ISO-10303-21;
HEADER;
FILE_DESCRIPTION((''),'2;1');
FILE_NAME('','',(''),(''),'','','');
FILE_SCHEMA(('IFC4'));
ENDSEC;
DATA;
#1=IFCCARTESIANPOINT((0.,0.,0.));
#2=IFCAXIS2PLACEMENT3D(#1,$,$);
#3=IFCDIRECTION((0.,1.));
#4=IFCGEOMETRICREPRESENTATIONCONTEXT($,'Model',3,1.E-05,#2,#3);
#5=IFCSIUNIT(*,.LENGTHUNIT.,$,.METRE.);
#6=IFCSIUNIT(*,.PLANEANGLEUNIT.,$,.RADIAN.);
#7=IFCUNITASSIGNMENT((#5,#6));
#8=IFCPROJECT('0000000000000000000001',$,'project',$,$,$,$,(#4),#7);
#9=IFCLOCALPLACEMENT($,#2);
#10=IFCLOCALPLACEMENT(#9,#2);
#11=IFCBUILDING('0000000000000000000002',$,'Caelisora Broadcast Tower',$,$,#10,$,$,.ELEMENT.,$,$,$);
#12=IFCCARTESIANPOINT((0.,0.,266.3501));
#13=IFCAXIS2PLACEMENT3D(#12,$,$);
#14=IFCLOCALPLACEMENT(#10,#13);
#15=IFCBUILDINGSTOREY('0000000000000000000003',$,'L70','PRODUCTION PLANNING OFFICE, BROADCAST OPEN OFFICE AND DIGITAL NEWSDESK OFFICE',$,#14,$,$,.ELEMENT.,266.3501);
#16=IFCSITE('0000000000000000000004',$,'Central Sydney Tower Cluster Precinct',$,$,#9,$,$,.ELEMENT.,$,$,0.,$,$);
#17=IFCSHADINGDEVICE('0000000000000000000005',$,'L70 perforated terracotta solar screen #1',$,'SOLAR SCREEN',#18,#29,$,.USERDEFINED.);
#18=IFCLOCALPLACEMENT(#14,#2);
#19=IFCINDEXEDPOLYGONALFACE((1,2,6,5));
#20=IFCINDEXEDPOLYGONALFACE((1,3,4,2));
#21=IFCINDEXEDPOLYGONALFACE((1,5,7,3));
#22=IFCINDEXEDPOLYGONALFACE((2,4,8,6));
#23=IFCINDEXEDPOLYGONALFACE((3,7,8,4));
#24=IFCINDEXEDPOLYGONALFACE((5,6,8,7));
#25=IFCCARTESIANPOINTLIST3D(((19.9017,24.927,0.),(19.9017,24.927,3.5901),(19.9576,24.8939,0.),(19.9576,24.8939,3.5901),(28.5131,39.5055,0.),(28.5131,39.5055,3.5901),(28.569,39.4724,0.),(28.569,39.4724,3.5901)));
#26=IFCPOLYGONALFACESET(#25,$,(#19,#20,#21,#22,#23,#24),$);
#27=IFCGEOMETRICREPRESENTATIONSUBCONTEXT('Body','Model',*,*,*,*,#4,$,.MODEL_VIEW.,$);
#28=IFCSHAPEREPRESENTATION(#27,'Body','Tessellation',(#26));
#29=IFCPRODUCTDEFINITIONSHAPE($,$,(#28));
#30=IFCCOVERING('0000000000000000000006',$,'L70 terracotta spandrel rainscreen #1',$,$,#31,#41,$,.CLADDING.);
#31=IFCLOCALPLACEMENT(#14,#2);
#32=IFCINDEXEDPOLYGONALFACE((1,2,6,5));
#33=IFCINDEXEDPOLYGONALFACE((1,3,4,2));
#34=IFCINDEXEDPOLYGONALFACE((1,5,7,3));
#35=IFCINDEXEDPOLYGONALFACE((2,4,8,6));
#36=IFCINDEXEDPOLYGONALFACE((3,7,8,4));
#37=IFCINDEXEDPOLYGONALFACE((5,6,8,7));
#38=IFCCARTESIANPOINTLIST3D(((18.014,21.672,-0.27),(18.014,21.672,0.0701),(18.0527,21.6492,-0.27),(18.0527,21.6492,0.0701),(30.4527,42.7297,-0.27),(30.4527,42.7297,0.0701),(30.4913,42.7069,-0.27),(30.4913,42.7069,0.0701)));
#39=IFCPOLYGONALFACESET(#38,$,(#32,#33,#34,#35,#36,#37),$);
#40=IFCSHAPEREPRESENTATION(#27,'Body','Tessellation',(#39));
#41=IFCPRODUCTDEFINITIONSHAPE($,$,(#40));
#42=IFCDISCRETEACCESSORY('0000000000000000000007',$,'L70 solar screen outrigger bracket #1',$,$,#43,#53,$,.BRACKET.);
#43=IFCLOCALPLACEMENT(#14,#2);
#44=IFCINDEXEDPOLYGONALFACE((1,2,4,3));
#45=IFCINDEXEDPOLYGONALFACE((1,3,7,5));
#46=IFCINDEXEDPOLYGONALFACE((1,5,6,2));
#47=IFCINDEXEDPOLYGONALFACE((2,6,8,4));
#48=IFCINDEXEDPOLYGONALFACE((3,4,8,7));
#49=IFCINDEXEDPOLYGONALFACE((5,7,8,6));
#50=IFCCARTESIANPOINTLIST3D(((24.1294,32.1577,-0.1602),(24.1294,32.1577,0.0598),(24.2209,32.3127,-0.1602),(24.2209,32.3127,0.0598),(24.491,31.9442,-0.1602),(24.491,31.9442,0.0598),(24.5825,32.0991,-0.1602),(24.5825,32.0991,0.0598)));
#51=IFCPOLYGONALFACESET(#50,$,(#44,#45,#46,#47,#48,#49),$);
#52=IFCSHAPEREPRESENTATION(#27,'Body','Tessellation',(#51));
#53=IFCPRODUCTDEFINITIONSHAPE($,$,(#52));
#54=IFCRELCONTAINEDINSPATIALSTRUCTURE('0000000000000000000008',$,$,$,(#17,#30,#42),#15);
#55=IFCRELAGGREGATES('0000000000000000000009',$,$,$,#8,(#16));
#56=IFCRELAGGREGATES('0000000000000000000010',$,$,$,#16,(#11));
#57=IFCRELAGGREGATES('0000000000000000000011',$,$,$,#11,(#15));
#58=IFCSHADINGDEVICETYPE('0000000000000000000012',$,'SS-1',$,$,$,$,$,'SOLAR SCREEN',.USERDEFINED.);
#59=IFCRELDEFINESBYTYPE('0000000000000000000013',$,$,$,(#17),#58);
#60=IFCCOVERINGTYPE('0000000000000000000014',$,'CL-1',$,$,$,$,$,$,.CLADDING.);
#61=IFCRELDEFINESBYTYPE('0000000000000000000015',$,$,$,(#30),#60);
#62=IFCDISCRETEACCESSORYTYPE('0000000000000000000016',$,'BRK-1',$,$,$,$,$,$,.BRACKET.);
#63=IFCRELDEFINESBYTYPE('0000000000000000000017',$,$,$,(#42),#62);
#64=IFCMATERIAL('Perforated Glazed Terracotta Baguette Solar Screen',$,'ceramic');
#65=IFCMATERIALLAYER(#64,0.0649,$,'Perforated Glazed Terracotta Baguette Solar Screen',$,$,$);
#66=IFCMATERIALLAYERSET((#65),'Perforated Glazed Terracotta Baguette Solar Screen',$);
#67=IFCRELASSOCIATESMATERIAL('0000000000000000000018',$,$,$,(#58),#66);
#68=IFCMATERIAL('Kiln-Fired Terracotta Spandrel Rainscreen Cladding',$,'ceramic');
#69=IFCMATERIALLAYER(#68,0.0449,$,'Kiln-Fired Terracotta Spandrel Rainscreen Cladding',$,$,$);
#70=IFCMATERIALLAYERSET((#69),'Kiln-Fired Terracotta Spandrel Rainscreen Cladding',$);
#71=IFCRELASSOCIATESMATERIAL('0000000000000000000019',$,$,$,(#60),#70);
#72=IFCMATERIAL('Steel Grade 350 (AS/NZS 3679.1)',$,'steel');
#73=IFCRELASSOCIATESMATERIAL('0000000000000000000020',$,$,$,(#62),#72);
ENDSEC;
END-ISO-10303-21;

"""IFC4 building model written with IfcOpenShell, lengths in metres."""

from ifc_helpers import new_model, si_unit, direction, frame, origin, origin_2d, place, context, subcontext, project, spatial, rectangle, extrude, source, transform, mapped, material, layer, layer_set, type_object, type_shapes, element, save


model = new_model("IFC4")

# Units and contexts
model_context = context("Model", 3, precision=1e-05, world=origin(), true_north=direction((0.0, 1.0)))
body_context = subcontext(model_context, "Body", "Model", "MODEL_VIEW")
ifc_project = project(units=[si_unit("LENGTHUNIT", "METRE"), si_unit("PLANEANGLEUNIT", "RADIAN")], contexts=[model_context])

# Site, building, storey
site_placement = place(None, origin())
site = spatial("IfcSite", under=ifc_project, at=site_placement, Name="Central Sydney Tower Cluster Precinct", CompositionType="ELEMENT", RefElevation=0.0)
building_placement = place(site_placement, origin())
building = spatial("IfcBuilding", under=site, at=building_placement, Name="Caelisora Broadcast Tower", CompositionType="ELEMENT")
storey_placement = place(building_placement, frame((0.0, 0.0, 266.3501)))
storey = spatial("IfcBuildingStorey", under=building, at=storey_placement, Name="L70", Description="PRODUCTION PLANNING OFFICE, BROADCAST OPEN OFFICE AND DIGITAL NEWSDESK OFFICE", CompositionType="ELEMENT", Elevation=266.3501)

# Shared definitions
ifc_material_1 = material(Name="Steel Grade 350 (AS/NZS 3679.1)", Category="steel")

# Shading device
ifc_material_2 = material(Name="Perforated Glazed Terracotta Baguette Solar Screen", Category="ceramic")
ifc_layer_1 = layer(ifc_material_2, 0.0649, Name="Perforated Glazed Terracotta Baguette Solar Screen")
ifc_layer_set_1 = layer_set([ifc_layer_1], Name="Perforated Glazed Terracotta Baguette Solar Screen")
shading_device_type = type_object("IfcShadingDeviceType", Name="SS-1", ElementType="SOLAR SCREEN", PredefinedType="USERDEFINED", material=ifc_layer_set_1)
shared_shape_1 = source(origin(), body_context, "Body", "SweptSolid", [
    extrude(rectangle(XDim=16.9319, YDim=0.0649, at=origin_2d()), origin(), (0.0, 0.0, 1.0), 3.5901),
])
type_shapes(shading_device_type, [shared_shape_1])
shading_device_placement = place(storey_placement, frame((24.2354, 32.1997, 0.0), z_axis=(0.0, 0.0, 1.0), x_axis=(-0.508591, -0.861008, 0.0)))
element("IfcShadingDevice", 1, at=shading_device_placement, inside=storey, type_object=shading_device_type, Name="L70 perforated terracotta solar screen #1", ObjectType="SOLAR SCREEN", PredefinedType="USERDEFINED", context=body_context, shape_type="MappedRepresentation", body=[
    mapped(shared_shape_1, transform((0.0, 0.0, 0.0), scale=1.0)),
])

# Covering
ifc_material_3 = material(Name="Kiln-Fired Terracotta Spandrel Rainscreen Cladding", Category="ceramic")
ifc_layer_2 = layer(ifc_material_3, 0.0449, Name="Kiln-Fired Terracotta Spandrel Rainscreen Cladding")
ifc_layer_set_2 = layer_set([ifc_layer_2], Name="Kiln-Fired Terracotta Spandrel Rainscreen Cladding")
covering_type = type_object("IfcCoveringType", Name="CL-1", PredefinedType="CLADDING", material=ifc_layer_set_2)
shared_shape_2 = source(origin(), body_context, "Body", "SweptSolid", [
    extrude(rectangle(XDim=24.457, YDim=0.0449, at=origin_2d()), origin(), (0.0, 0.0, 1.0), 0.3401),
])
type_shapes(covering_type, [shared_shape_2])
covering_placement = place(storey_placement, frame((24.2527, 32.1895, -0.27), z_axis=(0.0, 0.0, 1.0), x_axis=(-0.508591, -0.861008, 0.0)))
element("IfcCovering", 2, at=covering_placement, inside=storey, type_object=covering_type, Name="L70 terracotta spandrel rainscreen #1", PredefinedType="CLADDING", context=body_context, shape_type="MappedRepresentation", body=[
    mapped(shared_shape_2, transform((0.0, 0.0, 0.0), scale=1.0)),
])

# Discrete accessory
discrete_accessory_type = type_object("IfcDiscreteAccessoryType", Name="BRK-1", PredefinedType="BRACKET", material=ifc_material_1)
shared_shape_3 = source(origin(), body_context, "Body", "SweptSolid", [
    extrude(rectangle(XDim=0.1799, YDim=0.4199, at=origin_2d()), origin(), (0.0, 0.0, 1.0), 0.22),
])
type_shapes(discrete_accessory_type, [shared_shape_3])
discrete_accessory_placement = place(storey_placement, frame((24.356, 32.1284, -0.1602), z_axis=(0.0, 0.0, 1.0), x_axis=(-0.508591, -0.861008, 0.0)))
element("IfcDiscreteAccessory", 3, at=discrete_accessory_placement, inside=storey, type_object=discrete_accessory_type, Name="L70 solar screen outrigger bracket #1", PredefinedType="BRACKET", context=body_context, shape_type="MappedRepresentation", body=[
    mapped(shared_shape_3, transform((0.0, 0.0, 0.0), scale=1.0)),
])

save(model, "model.ifc")
